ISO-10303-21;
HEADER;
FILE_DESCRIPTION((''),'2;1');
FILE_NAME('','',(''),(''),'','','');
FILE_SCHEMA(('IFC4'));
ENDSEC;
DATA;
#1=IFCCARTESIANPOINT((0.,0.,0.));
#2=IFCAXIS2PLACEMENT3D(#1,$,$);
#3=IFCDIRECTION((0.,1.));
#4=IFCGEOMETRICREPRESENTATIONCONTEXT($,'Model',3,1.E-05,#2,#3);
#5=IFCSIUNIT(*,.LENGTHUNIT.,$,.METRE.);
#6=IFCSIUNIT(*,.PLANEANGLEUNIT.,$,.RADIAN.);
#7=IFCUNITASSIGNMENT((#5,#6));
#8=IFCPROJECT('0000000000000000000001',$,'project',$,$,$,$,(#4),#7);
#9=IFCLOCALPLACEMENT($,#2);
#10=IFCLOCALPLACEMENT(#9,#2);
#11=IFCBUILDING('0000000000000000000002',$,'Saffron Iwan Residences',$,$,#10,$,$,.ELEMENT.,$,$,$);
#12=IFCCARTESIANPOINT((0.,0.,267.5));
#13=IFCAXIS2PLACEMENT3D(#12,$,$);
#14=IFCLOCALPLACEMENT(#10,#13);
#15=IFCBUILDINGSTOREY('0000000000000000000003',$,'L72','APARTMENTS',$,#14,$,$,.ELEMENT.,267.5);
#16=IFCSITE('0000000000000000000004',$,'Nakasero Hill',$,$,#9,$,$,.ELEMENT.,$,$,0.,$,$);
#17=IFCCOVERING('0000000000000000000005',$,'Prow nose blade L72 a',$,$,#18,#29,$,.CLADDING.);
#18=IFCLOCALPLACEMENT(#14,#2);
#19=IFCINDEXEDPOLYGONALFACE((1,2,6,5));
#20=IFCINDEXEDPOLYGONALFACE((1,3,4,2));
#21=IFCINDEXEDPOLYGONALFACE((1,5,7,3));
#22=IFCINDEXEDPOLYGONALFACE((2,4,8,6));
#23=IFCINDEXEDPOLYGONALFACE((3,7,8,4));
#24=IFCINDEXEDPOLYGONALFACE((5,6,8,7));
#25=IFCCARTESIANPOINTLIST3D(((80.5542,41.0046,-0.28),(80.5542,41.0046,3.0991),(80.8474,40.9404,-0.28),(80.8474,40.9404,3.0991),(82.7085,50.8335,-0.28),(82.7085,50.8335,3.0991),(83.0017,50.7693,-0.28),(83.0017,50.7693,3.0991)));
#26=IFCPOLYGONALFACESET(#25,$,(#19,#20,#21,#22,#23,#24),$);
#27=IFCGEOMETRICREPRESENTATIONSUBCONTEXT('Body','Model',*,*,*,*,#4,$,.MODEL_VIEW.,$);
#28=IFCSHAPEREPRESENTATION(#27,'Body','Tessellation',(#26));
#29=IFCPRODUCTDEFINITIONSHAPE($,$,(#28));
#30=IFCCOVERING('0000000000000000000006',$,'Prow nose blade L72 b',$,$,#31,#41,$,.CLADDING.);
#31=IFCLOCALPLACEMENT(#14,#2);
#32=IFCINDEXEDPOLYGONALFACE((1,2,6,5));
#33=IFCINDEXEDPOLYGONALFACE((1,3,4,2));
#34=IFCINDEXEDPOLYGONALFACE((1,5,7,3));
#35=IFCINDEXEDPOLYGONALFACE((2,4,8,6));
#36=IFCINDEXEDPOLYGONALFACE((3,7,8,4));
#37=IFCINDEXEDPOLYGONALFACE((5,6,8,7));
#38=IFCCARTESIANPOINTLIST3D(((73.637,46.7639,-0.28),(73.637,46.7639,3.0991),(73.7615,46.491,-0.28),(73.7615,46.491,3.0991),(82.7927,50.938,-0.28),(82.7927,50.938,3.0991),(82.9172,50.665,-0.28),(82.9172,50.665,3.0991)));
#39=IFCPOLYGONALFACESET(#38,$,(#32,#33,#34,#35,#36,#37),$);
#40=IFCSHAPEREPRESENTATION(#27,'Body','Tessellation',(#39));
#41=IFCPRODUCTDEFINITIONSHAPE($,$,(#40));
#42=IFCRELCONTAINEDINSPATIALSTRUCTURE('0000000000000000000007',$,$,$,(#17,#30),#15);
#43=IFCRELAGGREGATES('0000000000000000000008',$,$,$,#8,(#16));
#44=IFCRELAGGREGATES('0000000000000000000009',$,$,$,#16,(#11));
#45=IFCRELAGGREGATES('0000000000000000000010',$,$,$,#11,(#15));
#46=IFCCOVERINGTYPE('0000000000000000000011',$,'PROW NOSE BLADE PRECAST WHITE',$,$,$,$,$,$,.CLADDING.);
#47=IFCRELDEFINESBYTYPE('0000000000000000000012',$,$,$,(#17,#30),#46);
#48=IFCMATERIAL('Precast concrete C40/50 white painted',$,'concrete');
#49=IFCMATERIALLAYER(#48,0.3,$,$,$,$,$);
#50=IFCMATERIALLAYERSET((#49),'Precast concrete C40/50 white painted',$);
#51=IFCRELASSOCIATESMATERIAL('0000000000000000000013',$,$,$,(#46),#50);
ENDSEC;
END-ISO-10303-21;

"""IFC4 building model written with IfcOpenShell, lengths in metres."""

from ifc_helpers import new_model, si_unit, direction, frame, origin, place, context, subcontext, project, spatial, polyline, outline, extrude, material, layer, layer_set, type_object, element, save


model = new_model("IFC4")

# Units and contexts
model_context = context("Model", 3, precision=1e-05, world=origin(), true_north=direction((0.0, 1.0)))
body_context = subcontext(model_context, "Body", "Model", "MODEL_VIEW")
ifc_project = project(units=[si_unit("LENGTHUNIT", "METRE"), si_unit("PLANEANGLEUNIT", "RADIAN")], contexts=[model_context])

# Site, building, storey
site_placement = place(None, origin())
site = spatial("IfcSite", under=ifc_project, at=site_placement, Name="Nakasero Hill", CompositionType="ELEMENT", RefElevation=0.0)
building_placement = place(site_placement, origin())
building = spatial("IfcBuilding", under=site, at=building_placement, Name="Saffron Iwan Residences", CompositionType="ELEMENT")
storey_placement = place(building_placement, frame((0.0, 0.0, 267.5)))
storey = spatial("IfcBuildingStorey", under=building, at=storey_placement, Name="L72", Description="APARTMENTS", CompositionType="ELEMENT", Elevation=267.5)

# Coverings
ifc_material_1 = material(Name="Precast concrete C40/50 white painted", Category="concrete")
ifc_layer_1 = layer(ifc_material_1, 0.3)
ifc_layer_set_1 = layer_set([ifc_layer_1], Name="Precast concrete C40/50 white painted")
covering_type_1 = type_object("IfcCoveringType", Name="PROW NOSE BLADE PRECAST WHITE", PredefinedType="CLADDING", material=ifc_layer_set_1)
covering_1_placement = place(storey_placement, frame((0.0, 0.0, -0.28)))
element("IfcCovering", 1, at=covering_1_placement, inside=storey, type_object=covering_type_1, Name="Prow nose blade L72 a", PredefinedType="CLADDING", context=body_context, shape_type="SweptSolid", body=[
    extrude(outline(polyline([(80.8474, 40.9404), (83.0017, 50.7693), (82.7085, 50.8335), (80.5542, 41.0046), (80.8474, 40.9404)])), origin(), (0.0, 0.0, 1.0), 3.3792),
])
covering_2_placement = place(storey_placement, frame((0.0, 0.0, -0.28)))
element("IfcCovering", 2, at=covering_2_placement, inside=storey, type_object=covering_type_1, Name="Prow nose blade L72 b", PredefinedType="CLADDING", context=body_context, shape_type="SweptSolid", body=[
    extrude(outline(polyline([(73.7615, 46.491), (82.9172, 50.665), (82.7927, 50.938), (73.637, 46.7639), (73.7615, 46.491)])), origin(), (0.0, 0.0, 1.0), 3.3792),
])

save(model, "model.ifc")
